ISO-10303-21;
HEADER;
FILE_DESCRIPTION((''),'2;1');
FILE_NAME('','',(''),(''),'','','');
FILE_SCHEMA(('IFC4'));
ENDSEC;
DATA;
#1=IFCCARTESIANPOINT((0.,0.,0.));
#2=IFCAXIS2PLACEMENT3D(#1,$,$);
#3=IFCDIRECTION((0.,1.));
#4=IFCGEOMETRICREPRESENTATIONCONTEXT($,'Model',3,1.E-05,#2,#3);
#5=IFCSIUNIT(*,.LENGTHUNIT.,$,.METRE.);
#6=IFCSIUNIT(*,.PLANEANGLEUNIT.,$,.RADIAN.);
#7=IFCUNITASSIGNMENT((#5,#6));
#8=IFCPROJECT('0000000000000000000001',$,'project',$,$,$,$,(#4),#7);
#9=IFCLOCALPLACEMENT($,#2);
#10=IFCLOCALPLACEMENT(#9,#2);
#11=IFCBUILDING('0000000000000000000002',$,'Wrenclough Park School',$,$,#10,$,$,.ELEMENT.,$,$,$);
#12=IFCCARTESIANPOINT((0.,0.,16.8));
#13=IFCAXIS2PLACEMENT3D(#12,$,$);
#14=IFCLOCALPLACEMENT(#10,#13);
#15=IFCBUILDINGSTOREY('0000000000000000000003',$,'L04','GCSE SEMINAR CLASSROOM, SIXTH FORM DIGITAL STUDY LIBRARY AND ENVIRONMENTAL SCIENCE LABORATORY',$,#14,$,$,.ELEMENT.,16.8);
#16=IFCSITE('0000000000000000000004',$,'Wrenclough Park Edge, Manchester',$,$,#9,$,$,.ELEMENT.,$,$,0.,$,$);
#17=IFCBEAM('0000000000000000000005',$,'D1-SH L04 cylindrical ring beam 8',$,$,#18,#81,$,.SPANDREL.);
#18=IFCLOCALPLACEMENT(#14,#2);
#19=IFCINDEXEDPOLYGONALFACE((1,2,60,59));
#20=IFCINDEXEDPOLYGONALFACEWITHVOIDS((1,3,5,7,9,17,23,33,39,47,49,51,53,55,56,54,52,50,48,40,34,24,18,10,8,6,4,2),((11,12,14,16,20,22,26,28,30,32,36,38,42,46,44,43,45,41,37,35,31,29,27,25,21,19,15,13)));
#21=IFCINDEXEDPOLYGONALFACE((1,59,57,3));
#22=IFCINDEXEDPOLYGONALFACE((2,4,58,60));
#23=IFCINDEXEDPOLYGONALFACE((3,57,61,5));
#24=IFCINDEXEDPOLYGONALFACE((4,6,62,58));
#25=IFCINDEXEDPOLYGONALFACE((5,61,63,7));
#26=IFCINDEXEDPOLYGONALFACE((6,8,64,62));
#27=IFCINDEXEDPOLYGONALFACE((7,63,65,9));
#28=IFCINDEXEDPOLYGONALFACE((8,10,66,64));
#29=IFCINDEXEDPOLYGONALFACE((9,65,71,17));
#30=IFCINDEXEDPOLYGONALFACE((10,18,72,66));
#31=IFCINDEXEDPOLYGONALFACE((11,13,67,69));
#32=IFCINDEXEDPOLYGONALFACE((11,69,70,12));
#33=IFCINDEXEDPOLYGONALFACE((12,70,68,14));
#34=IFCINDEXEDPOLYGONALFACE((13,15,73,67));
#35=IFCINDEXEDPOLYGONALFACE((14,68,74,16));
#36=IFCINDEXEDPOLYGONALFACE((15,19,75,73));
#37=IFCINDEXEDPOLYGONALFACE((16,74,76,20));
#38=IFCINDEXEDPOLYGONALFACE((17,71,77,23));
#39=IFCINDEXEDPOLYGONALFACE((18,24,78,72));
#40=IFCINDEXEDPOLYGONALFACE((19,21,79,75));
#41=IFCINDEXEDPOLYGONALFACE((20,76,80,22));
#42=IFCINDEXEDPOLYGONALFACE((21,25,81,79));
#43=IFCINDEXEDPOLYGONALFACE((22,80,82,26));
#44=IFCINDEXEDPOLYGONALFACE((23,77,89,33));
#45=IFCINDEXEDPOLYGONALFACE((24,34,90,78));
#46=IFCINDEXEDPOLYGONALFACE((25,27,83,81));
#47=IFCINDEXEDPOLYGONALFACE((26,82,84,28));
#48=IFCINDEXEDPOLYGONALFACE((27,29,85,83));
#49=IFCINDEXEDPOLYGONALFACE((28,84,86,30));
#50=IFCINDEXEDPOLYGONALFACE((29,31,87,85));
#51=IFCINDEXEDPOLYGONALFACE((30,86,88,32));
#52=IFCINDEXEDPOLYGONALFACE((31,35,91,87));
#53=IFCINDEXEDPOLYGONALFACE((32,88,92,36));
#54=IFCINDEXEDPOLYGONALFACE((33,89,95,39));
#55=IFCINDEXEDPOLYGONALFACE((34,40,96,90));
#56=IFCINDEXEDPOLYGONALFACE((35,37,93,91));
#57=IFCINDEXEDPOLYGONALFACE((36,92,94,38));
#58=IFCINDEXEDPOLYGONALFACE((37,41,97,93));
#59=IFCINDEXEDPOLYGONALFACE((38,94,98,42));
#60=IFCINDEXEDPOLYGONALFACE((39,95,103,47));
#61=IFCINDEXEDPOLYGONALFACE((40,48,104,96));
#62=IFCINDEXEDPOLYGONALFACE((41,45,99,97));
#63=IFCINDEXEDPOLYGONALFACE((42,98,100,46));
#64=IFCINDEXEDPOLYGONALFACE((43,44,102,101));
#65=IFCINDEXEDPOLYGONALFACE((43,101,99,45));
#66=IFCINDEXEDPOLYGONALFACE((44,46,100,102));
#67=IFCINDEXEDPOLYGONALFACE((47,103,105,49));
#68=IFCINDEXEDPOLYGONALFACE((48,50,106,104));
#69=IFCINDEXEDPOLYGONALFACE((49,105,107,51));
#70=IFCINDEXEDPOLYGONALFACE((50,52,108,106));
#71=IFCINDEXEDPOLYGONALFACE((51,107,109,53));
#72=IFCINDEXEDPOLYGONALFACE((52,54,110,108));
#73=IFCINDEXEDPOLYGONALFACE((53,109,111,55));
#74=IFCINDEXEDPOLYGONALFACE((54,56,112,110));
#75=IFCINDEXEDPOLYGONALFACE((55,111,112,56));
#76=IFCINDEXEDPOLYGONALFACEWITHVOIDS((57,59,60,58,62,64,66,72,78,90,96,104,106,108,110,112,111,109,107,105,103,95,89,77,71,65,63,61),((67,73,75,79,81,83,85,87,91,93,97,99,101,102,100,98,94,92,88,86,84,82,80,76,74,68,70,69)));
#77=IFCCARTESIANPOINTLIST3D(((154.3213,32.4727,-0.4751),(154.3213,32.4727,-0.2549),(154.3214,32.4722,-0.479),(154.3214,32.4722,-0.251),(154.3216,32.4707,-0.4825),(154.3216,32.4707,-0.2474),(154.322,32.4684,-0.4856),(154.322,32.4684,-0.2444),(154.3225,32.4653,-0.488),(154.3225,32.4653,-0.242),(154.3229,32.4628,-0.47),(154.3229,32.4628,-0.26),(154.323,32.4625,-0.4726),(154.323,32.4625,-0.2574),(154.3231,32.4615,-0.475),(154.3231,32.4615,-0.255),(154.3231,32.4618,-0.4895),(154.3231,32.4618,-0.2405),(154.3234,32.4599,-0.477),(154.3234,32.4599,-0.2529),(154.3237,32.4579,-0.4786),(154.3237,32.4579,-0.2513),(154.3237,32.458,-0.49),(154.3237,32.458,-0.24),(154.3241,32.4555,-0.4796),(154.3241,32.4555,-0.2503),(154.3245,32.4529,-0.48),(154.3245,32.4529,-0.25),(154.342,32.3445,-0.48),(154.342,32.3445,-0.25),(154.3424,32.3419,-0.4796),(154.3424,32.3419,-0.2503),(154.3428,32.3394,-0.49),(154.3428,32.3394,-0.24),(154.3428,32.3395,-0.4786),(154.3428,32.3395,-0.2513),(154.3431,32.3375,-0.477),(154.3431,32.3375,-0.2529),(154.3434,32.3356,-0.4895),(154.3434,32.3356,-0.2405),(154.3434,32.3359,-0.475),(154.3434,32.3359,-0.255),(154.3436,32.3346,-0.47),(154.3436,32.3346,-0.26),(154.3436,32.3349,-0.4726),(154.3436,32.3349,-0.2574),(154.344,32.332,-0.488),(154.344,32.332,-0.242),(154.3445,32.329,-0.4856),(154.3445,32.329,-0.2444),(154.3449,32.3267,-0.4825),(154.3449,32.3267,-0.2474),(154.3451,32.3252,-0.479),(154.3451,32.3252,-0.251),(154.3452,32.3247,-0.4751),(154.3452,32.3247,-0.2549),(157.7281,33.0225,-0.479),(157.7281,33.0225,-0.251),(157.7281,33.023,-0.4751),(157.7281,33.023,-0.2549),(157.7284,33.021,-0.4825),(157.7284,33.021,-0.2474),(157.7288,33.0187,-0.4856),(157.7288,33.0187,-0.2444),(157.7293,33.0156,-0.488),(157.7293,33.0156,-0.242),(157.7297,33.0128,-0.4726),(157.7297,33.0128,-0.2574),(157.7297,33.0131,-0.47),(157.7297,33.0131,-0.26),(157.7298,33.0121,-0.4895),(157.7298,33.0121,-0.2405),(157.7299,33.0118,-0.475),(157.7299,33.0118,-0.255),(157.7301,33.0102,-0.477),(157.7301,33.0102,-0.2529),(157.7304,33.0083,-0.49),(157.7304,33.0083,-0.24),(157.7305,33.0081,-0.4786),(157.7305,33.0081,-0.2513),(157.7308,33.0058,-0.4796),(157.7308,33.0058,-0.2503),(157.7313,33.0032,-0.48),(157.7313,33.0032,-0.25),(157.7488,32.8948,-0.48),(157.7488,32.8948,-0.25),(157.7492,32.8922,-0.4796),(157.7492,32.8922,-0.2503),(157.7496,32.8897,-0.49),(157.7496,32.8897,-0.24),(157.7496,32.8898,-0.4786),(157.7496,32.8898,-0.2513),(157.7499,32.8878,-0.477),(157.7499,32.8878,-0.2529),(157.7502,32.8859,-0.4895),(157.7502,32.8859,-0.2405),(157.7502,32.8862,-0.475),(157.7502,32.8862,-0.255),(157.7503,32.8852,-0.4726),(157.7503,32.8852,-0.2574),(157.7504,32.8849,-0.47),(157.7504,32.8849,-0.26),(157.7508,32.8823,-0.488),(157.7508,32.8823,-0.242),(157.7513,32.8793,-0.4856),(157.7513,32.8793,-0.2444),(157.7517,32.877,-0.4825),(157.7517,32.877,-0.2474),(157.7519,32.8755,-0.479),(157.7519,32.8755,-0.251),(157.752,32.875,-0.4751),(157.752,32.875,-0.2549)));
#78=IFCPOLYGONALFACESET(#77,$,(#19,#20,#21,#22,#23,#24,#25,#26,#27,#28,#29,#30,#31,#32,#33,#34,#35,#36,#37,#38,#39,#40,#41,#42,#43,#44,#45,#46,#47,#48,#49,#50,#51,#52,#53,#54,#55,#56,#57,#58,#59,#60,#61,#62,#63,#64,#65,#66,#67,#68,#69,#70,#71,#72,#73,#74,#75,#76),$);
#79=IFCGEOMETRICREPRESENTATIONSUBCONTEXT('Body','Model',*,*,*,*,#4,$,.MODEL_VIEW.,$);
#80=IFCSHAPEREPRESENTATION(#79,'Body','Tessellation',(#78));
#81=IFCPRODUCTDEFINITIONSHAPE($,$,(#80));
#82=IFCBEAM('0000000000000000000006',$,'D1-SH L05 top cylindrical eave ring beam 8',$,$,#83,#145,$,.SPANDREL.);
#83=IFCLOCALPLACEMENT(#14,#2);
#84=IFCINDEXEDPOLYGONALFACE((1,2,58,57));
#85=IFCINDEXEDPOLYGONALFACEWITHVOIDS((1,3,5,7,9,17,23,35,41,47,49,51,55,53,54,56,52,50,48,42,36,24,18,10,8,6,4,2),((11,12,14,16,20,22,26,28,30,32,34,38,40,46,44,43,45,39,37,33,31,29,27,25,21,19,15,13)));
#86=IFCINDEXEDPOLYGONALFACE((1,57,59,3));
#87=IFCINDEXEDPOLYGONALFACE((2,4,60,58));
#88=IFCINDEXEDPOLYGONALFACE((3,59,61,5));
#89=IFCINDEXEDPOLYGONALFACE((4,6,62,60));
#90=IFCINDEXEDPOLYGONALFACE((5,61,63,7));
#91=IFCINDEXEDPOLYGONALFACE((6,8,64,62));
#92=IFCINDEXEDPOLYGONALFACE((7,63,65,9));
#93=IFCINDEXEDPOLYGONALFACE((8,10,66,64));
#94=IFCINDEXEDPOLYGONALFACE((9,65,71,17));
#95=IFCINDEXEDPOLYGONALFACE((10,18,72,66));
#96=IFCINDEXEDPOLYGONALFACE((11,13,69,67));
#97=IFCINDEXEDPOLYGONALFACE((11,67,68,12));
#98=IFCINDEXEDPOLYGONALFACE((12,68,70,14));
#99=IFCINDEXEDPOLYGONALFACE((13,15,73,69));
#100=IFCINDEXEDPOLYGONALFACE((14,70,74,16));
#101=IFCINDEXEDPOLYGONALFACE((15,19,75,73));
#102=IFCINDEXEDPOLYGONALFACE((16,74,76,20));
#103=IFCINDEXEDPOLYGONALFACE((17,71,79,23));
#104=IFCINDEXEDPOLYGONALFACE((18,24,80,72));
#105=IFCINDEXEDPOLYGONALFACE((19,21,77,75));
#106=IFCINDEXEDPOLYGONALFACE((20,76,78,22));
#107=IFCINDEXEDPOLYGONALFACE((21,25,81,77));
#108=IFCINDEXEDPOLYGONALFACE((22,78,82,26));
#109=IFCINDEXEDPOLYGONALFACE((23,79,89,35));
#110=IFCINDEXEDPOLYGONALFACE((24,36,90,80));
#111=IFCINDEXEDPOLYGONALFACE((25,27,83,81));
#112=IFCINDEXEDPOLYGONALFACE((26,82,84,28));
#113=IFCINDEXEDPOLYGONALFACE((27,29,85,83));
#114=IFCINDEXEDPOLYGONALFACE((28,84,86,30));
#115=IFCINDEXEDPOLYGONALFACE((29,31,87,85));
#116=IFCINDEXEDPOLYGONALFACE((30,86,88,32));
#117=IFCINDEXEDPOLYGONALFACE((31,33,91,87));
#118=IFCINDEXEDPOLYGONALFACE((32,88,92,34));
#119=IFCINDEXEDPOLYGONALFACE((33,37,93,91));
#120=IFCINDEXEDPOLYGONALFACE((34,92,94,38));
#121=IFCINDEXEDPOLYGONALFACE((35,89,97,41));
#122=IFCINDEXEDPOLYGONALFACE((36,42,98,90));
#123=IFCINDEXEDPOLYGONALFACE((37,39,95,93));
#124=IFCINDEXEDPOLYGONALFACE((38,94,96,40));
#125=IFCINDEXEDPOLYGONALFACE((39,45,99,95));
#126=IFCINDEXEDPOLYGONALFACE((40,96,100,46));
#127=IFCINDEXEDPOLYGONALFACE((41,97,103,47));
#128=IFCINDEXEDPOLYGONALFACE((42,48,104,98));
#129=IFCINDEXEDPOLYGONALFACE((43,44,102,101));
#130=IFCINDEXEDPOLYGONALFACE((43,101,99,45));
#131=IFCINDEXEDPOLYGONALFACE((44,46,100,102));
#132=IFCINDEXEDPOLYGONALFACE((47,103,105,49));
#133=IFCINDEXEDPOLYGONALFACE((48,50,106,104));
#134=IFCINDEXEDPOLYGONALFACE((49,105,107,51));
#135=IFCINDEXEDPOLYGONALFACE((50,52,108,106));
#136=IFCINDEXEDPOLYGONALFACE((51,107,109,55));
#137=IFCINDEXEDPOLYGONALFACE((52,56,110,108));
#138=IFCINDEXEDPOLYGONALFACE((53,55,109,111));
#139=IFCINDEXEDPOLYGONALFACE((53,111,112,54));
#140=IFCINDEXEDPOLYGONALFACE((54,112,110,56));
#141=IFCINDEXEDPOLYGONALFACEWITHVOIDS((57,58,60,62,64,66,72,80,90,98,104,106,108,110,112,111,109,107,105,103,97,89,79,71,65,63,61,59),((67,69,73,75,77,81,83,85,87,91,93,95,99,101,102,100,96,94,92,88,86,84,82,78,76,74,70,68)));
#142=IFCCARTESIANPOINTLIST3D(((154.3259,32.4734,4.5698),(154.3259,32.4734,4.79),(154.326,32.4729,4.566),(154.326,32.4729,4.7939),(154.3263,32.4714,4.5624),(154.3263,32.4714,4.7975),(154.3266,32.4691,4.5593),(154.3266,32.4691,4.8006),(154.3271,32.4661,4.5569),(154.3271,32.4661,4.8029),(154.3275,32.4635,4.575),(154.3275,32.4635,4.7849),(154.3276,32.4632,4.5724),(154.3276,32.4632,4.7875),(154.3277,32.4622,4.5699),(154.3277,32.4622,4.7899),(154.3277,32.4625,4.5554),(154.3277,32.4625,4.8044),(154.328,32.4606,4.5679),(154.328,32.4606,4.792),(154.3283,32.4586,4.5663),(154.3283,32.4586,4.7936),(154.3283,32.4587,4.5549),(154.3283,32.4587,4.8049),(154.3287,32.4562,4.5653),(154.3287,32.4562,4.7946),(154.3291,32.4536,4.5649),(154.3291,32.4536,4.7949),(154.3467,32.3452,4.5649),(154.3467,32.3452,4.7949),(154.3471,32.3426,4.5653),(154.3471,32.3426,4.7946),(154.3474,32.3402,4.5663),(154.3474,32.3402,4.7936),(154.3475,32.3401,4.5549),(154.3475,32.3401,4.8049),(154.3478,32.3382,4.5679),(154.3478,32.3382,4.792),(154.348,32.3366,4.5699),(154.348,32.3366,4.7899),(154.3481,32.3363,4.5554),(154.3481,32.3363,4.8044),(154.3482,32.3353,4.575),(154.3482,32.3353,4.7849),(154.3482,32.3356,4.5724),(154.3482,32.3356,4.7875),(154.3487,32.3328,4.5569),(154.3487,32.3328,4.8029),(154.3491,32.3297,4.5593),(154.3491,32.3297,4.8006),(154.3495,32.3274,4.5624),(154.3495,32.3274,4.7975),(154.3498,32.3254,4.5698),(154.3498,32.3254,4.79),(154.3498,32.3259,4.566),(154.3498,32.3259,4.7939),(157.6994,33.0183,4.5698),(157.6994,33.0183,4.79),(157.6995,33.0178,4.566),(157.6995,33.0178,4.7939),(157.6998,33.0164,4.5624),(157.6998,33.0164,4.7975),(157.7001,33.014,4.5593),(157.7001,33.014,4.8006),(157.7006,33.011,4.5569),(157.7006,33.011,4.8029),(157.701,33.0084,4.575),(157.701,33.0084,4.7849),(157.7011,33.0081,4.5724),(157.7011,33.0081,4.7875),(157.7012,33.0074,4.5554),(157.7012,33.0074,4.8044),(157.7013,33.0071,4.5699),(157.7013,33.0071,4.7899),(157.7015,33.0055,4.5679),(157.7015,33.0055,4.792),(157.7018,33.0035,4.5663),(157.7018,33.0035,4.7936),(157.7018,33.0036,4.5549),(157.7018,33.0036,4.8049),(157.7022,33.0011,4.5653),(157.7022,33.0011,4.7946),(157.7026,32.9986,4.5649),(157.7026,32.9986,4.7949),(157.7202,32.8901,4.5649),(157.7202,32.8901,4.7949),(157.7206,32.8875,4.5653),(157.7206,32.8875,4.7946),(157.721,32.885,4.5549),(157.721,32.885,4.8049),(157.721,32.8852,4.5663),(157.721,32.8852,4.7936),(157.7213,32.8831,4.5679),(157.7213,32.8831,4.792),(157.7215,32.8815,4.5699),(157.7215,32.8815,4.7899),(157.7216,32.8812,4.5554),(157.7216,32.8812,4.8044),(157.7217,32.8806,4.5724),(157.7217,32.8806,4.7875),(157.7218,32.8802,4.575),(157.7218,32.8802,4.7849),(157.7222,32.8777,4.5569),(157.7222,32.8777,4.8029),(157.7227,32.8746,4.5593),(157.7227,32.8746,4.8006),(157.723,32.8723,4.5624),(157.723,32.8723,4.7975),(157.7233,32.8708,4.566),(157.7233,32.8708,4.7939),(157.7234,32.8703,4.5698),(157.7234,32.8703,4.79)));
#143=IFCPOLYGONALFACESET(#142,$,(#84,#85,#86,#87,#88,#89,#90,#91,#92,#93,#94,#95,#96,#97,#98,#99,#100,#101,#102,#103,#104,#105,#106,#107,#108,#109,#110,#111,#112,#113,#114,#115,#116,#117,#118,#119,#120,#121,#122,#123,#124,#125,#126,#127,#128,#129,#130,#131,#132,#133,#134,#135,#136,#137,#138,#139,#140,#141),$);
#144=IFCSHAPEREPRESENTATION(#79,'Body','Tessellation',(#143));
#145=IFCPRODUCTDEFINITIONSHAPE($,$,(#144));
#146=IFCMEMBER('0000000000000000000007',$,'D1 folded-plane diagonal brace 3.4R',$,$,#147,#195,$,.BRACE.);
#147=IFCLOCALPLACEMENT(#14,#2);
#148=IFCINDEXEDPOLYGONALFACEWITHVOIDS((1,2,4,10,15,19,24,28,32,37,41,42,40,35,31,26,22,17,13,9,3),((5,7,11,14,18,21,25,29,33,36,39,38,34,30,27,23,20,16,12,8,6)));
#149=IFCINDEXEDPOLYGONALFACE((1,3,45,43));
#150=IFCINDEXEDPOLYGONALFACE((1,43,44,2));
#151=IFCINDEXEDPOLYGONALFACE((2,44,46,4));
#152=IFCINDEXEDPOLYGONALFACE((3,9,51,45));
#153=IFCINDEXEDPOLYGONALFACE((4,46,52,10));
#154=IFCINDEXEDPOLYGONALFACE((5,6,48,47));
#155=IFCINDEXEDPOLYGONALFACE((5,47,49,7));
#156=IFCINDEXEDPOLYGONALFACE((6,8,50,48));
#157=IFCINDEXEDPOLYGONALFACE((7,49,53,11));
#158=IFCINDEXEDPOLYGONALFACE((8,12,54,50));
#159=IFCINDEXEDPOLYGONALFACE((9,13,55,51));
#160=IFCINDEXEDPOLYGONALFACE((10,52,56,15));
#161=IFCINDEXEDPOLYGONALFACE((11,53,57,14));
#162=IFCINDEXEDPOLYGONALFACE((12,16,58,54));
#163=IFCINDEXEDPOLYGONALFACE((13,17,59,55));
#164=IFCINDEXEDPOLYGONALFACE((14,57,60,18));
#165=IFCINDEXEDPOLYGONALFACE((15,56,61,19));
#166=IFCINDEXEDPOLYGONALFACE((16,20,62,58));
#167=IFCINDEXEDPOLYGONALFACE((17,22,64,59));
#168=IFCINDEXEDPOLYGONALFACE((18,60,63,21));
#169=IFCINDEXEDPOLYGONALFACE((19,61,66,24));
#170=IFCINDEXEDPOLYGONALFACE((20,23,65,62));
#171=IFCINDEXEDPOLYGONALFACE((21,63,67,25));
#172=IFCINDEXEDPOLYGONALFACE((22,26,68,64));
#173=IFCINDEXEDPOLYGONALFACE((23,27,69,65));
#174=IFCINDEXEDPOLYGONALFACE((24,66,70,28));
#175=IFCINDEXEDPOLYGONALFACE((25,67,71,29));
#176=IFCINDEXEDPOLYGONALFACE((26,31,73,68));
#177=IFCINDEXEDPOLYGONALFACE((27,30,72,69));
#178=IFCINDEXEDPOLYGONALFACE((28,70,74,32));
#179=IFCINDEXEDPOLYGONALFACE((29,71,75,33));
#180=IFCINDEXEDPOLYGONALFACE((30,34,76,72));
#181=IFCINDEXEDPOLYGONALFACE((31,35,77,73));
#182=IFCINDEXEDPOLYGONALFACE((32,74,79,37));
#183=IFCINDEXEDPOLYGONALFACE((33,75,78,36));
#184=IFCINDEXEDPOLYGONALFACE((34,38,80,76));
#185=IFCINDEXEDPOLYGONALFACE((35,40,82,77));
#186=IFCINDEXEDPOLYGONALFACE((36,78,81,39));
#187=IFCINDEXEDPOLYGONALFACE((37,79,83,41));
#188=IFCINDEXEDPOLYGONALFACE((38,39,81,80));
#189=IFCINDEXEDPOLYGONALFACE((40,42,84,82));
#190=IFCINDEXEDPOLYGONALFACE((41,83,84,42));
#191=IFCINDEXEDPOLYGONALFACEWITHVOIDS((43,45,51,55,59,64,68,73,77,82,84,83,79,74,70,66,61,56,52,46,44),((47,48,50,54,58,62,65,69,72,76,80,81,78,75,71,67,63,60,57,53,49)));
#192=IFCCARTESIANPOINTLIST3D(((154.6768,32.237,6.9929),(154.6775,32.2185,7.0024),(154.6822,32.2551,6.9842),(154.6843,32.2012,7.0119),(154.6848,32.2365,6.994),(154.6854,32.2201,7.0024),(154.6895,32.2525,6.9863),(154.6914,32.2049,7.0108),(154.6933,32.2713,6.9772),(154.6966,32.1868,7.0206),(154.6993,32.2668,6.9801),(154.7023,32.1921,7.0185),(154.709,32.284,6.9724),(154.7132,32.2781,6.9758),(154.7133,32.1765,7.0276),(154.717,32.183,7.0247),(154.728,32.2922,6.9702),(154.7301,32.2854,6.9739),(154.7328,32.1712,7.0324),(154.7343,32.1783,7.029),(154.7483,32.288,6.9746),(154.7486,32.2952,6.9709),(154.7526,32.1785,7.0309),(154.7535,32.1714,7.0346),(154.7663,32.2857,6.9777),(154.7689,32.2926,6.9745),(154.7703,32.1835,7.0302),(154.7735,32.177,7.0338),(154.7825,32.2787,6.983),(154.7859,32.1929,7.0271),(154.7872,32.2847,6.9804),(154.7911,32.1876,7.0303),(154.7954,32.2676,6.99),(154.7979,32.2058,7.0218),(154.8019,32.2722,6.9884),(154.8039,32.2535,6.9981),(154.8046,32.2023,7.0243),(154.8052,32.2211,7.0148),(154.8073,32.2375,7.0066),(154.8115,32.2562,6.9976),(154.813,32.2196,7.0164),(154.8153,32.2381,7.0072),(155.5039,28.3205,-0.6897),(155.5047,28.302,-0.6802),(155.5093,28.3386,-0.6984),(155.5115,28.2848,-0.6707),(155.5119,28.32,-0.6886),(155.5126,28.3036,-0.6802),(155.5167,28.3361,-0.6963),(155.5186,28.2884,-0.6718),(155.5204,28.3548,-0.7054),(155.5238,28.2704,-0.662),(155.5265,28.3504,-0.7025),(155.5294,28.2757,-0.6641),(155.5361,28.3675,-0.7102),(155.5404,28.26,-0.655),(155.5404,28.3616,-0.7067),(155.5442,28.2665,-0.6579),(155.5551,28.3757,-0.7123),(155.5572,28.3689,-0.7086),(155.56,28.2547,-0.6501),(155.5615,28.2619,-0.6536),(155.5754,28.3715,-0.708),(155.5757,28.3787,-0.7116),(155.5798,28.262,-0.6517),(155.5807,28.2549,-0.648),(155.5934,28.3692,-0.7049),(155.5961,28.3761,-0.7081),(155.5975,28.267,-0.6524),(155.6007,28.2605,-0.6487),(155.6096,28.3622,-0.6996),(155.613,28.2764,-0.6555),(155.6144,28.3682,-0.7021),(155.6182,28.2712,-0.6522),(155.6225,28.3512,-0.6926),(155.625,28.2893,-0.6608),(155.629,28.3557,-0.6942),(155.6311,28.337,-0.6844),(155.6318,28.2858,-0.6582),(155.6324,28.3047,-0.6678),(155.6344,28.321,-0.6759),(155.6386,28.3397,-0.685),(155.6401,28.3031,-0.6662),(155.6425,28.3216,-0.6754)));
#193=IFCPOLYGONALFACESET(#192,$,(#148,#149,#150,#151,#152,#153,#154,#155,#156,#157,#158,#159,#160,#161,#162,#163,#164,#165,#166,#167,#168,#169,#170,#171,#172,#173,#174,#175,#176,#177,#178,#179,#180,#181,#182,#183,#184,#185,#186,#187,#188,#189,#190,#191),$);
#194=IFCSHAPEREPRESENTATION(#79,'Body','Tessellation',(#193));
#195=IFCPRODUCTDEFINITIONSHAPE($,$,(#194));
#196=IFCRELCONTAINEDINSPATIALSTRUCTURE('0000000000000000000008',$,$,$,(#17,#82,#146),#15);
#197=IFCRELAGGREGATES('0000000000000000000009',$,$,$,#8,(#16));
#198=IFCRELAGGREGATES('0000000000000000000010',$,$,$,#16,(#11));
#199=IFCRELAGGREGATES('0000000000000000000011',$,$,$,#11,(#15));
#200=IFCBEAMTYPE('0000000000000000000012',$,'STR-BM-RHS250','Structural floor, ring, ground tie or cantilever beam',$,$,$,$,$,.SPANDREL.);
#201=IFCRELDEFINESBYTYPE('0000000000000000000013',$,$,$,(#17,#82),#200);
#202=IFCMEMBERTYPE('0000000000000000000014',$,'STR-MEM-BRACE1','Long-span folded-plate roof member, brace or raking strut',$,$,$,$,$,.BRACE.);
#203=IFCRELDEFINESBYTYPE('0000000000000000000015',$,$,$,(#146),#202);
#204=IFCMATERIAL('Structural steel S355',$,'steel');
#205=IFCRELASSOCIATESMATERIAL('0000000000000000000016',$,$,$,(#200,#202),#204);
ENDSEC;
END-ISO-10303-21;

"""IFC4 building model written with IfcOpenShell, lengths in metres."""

from ifc_helpers import new_model, si_unit, direction, frame, origin, origin_2d, place, context, subcontext, project, spatial, hollow_rectangle, hollow_circle, extrude, material, material_profile, profile_set, type_object, element, save


model = new_model("IFC4")

# Units and contexts
model_context = context("Model", 3, precision=1e-05, world=origin(), true_north=direction((0.0, 1.0)))
body_context = subcontext(model_context, "Body", "Model", "MODEL_VIEW")
ifc_project = project(units=[si_unit("LENGTHUNIT", "METRE"), si_unit("PLANEANGLEUNIT", "RADIAN")], contexts=[model_context])

# Site, building, storey
site_placement = place(None, origin())
site = spatial("IfcSite", under=ifc_project, at=site_placement, Name="Wrenclough Park Edge, Manchester", CompositionType="ELEMENT", RefElevation=0.0)
building_placement = place(site_placement, origin())
building = spatial("IfcBuilding", under=site, at=building_placement, Name="Wrenclough Park School", CompositionType="ELEMENT")
storey_placement = place(building_placement, frame((0.0, 0.0, 16.8)))
storey = spatial("IfcBuildingStorey", under=building, at=storey_placement, Name="L04", Description="GCSE SEMINAR CLASSROOM, SIXTH FORM DIGITAL STUDY LIBRARY AND ENVIRONMENTAL SCIENCE LABORATORY", CompositionType="ELEMENT", Elevation=16.8)

# Shared definitions
ifc_material_1 = material(Name="Structural steel S355", Category="steel")

# Beams
ifc_material_profile_1 = material_profile(ifc_material_1, hollow_rectangle(XDim=0.1499, YDim=0.25, WallThickness=0.01, InnerFilletRadius=0.01, OuterFilletRadius=0.0149, at=origin_2d()), Name="RHS 250x150x10.0")
ifc_profile_set_1 = profile_set([ifc_material_profile_1], Name="Structural steel S355")
beam_type = type_object("IfcBeamType", Name="STR-BM-RHS250", Description="Structural floor, ring, ground tie or cantilever beam", PredefinedType="SPANDREL", material=ifc_profile_set_1)
beam_1_placement = place(storey_placement, frame((154.3333, 32.3987, -0.365), z_axis=(0.987204, 0.159464, 0.0), x_axis=(-0.159464, 0.987204, 0.0)))
element("IfcBeam", 1, at=beam_1_placement, inside=storey, type_object=beam_type, Name="D1-SH L04 cylindrical ring beam 8", PredefinedType="SPANDREL", context=body_context, shape_type="SweptSolid", body=[
    extrude(hollow_rectangle(XDim=0.1499, YDim=0.25, WallThickness=0.01, InnerFilletRadius=0.01, OuterFilletRadius=0.0149, at=origin_2d()), origin(), (0.0, 0.0, 1.0), 3.4509),
])
beam_2_placement = place(storey_placement, frame((154.3379, 32.3994, 4.6799), z_axis=(0.987204, 0.159462, 0.0), x_axis=(-0.159462, 0.987204, 0.0)))
element("IfcBeam", 2, at=beam_2_placement, inside=storey, type_object=beam_type, Name="D1-SH L05 top cylindrical eave ring beam 8", PredefinedType="SPANDREL", context=body_context, shape_type="SweptSolid", body=[
    extrude(hollow_rectangle(XDim=0.1499, YDim=0.25, WallThickness=0.01, InnerFilletRadius=0.01, OuterFilletRadius=0.0149, at=origin_2d()), origin(), (0.0, 0.0, 1.0), 3.4172),
])

# Member
ifc_material_profile_2 = material_profile(ifc_material_1, hollow_circle(Radius=0.0698, WallThickness=0.0081, at=origin_2d()), Name="CHS 139.7x8.0")
ifc_profile_set_2 = profile_set([ifc_material_profile_2], Name="Structural steel S355")
member_type_1 = type_object("IfcMemberType", Name="STR-MEM-BRACE1", Description="Long-span folded-plate roof member, brace or raking strut", PredefinedType="BRACE", material=ifc_profile_set_2)
for number, where, z_axis, x_axis, name in (
    (3, (155.573, 28.3164, -0.6802), (-0.095482, 0.452101, 0.886842), (-0.978418, -0.206637, 0.0), "D1 folded-plane diagonal brace 3.4R"),
):
    element("IfcMember", number, at=place(storey_placement, frame(where, z_axis=z_axis, x_axis=x_axis)), inside=storey, type_object=member_type_1, Name=name, PredefinedType="BRACE", context=body_context, shape_type="SweptSolid", body=[
        extrude(hollow_circle(Radius=0.0698, WallThickness=0.0081, at=origin_2d()), origin(), (0.0, 0.0, 1.0), 8.6628),
    ])

save(model, "model.ifc")
